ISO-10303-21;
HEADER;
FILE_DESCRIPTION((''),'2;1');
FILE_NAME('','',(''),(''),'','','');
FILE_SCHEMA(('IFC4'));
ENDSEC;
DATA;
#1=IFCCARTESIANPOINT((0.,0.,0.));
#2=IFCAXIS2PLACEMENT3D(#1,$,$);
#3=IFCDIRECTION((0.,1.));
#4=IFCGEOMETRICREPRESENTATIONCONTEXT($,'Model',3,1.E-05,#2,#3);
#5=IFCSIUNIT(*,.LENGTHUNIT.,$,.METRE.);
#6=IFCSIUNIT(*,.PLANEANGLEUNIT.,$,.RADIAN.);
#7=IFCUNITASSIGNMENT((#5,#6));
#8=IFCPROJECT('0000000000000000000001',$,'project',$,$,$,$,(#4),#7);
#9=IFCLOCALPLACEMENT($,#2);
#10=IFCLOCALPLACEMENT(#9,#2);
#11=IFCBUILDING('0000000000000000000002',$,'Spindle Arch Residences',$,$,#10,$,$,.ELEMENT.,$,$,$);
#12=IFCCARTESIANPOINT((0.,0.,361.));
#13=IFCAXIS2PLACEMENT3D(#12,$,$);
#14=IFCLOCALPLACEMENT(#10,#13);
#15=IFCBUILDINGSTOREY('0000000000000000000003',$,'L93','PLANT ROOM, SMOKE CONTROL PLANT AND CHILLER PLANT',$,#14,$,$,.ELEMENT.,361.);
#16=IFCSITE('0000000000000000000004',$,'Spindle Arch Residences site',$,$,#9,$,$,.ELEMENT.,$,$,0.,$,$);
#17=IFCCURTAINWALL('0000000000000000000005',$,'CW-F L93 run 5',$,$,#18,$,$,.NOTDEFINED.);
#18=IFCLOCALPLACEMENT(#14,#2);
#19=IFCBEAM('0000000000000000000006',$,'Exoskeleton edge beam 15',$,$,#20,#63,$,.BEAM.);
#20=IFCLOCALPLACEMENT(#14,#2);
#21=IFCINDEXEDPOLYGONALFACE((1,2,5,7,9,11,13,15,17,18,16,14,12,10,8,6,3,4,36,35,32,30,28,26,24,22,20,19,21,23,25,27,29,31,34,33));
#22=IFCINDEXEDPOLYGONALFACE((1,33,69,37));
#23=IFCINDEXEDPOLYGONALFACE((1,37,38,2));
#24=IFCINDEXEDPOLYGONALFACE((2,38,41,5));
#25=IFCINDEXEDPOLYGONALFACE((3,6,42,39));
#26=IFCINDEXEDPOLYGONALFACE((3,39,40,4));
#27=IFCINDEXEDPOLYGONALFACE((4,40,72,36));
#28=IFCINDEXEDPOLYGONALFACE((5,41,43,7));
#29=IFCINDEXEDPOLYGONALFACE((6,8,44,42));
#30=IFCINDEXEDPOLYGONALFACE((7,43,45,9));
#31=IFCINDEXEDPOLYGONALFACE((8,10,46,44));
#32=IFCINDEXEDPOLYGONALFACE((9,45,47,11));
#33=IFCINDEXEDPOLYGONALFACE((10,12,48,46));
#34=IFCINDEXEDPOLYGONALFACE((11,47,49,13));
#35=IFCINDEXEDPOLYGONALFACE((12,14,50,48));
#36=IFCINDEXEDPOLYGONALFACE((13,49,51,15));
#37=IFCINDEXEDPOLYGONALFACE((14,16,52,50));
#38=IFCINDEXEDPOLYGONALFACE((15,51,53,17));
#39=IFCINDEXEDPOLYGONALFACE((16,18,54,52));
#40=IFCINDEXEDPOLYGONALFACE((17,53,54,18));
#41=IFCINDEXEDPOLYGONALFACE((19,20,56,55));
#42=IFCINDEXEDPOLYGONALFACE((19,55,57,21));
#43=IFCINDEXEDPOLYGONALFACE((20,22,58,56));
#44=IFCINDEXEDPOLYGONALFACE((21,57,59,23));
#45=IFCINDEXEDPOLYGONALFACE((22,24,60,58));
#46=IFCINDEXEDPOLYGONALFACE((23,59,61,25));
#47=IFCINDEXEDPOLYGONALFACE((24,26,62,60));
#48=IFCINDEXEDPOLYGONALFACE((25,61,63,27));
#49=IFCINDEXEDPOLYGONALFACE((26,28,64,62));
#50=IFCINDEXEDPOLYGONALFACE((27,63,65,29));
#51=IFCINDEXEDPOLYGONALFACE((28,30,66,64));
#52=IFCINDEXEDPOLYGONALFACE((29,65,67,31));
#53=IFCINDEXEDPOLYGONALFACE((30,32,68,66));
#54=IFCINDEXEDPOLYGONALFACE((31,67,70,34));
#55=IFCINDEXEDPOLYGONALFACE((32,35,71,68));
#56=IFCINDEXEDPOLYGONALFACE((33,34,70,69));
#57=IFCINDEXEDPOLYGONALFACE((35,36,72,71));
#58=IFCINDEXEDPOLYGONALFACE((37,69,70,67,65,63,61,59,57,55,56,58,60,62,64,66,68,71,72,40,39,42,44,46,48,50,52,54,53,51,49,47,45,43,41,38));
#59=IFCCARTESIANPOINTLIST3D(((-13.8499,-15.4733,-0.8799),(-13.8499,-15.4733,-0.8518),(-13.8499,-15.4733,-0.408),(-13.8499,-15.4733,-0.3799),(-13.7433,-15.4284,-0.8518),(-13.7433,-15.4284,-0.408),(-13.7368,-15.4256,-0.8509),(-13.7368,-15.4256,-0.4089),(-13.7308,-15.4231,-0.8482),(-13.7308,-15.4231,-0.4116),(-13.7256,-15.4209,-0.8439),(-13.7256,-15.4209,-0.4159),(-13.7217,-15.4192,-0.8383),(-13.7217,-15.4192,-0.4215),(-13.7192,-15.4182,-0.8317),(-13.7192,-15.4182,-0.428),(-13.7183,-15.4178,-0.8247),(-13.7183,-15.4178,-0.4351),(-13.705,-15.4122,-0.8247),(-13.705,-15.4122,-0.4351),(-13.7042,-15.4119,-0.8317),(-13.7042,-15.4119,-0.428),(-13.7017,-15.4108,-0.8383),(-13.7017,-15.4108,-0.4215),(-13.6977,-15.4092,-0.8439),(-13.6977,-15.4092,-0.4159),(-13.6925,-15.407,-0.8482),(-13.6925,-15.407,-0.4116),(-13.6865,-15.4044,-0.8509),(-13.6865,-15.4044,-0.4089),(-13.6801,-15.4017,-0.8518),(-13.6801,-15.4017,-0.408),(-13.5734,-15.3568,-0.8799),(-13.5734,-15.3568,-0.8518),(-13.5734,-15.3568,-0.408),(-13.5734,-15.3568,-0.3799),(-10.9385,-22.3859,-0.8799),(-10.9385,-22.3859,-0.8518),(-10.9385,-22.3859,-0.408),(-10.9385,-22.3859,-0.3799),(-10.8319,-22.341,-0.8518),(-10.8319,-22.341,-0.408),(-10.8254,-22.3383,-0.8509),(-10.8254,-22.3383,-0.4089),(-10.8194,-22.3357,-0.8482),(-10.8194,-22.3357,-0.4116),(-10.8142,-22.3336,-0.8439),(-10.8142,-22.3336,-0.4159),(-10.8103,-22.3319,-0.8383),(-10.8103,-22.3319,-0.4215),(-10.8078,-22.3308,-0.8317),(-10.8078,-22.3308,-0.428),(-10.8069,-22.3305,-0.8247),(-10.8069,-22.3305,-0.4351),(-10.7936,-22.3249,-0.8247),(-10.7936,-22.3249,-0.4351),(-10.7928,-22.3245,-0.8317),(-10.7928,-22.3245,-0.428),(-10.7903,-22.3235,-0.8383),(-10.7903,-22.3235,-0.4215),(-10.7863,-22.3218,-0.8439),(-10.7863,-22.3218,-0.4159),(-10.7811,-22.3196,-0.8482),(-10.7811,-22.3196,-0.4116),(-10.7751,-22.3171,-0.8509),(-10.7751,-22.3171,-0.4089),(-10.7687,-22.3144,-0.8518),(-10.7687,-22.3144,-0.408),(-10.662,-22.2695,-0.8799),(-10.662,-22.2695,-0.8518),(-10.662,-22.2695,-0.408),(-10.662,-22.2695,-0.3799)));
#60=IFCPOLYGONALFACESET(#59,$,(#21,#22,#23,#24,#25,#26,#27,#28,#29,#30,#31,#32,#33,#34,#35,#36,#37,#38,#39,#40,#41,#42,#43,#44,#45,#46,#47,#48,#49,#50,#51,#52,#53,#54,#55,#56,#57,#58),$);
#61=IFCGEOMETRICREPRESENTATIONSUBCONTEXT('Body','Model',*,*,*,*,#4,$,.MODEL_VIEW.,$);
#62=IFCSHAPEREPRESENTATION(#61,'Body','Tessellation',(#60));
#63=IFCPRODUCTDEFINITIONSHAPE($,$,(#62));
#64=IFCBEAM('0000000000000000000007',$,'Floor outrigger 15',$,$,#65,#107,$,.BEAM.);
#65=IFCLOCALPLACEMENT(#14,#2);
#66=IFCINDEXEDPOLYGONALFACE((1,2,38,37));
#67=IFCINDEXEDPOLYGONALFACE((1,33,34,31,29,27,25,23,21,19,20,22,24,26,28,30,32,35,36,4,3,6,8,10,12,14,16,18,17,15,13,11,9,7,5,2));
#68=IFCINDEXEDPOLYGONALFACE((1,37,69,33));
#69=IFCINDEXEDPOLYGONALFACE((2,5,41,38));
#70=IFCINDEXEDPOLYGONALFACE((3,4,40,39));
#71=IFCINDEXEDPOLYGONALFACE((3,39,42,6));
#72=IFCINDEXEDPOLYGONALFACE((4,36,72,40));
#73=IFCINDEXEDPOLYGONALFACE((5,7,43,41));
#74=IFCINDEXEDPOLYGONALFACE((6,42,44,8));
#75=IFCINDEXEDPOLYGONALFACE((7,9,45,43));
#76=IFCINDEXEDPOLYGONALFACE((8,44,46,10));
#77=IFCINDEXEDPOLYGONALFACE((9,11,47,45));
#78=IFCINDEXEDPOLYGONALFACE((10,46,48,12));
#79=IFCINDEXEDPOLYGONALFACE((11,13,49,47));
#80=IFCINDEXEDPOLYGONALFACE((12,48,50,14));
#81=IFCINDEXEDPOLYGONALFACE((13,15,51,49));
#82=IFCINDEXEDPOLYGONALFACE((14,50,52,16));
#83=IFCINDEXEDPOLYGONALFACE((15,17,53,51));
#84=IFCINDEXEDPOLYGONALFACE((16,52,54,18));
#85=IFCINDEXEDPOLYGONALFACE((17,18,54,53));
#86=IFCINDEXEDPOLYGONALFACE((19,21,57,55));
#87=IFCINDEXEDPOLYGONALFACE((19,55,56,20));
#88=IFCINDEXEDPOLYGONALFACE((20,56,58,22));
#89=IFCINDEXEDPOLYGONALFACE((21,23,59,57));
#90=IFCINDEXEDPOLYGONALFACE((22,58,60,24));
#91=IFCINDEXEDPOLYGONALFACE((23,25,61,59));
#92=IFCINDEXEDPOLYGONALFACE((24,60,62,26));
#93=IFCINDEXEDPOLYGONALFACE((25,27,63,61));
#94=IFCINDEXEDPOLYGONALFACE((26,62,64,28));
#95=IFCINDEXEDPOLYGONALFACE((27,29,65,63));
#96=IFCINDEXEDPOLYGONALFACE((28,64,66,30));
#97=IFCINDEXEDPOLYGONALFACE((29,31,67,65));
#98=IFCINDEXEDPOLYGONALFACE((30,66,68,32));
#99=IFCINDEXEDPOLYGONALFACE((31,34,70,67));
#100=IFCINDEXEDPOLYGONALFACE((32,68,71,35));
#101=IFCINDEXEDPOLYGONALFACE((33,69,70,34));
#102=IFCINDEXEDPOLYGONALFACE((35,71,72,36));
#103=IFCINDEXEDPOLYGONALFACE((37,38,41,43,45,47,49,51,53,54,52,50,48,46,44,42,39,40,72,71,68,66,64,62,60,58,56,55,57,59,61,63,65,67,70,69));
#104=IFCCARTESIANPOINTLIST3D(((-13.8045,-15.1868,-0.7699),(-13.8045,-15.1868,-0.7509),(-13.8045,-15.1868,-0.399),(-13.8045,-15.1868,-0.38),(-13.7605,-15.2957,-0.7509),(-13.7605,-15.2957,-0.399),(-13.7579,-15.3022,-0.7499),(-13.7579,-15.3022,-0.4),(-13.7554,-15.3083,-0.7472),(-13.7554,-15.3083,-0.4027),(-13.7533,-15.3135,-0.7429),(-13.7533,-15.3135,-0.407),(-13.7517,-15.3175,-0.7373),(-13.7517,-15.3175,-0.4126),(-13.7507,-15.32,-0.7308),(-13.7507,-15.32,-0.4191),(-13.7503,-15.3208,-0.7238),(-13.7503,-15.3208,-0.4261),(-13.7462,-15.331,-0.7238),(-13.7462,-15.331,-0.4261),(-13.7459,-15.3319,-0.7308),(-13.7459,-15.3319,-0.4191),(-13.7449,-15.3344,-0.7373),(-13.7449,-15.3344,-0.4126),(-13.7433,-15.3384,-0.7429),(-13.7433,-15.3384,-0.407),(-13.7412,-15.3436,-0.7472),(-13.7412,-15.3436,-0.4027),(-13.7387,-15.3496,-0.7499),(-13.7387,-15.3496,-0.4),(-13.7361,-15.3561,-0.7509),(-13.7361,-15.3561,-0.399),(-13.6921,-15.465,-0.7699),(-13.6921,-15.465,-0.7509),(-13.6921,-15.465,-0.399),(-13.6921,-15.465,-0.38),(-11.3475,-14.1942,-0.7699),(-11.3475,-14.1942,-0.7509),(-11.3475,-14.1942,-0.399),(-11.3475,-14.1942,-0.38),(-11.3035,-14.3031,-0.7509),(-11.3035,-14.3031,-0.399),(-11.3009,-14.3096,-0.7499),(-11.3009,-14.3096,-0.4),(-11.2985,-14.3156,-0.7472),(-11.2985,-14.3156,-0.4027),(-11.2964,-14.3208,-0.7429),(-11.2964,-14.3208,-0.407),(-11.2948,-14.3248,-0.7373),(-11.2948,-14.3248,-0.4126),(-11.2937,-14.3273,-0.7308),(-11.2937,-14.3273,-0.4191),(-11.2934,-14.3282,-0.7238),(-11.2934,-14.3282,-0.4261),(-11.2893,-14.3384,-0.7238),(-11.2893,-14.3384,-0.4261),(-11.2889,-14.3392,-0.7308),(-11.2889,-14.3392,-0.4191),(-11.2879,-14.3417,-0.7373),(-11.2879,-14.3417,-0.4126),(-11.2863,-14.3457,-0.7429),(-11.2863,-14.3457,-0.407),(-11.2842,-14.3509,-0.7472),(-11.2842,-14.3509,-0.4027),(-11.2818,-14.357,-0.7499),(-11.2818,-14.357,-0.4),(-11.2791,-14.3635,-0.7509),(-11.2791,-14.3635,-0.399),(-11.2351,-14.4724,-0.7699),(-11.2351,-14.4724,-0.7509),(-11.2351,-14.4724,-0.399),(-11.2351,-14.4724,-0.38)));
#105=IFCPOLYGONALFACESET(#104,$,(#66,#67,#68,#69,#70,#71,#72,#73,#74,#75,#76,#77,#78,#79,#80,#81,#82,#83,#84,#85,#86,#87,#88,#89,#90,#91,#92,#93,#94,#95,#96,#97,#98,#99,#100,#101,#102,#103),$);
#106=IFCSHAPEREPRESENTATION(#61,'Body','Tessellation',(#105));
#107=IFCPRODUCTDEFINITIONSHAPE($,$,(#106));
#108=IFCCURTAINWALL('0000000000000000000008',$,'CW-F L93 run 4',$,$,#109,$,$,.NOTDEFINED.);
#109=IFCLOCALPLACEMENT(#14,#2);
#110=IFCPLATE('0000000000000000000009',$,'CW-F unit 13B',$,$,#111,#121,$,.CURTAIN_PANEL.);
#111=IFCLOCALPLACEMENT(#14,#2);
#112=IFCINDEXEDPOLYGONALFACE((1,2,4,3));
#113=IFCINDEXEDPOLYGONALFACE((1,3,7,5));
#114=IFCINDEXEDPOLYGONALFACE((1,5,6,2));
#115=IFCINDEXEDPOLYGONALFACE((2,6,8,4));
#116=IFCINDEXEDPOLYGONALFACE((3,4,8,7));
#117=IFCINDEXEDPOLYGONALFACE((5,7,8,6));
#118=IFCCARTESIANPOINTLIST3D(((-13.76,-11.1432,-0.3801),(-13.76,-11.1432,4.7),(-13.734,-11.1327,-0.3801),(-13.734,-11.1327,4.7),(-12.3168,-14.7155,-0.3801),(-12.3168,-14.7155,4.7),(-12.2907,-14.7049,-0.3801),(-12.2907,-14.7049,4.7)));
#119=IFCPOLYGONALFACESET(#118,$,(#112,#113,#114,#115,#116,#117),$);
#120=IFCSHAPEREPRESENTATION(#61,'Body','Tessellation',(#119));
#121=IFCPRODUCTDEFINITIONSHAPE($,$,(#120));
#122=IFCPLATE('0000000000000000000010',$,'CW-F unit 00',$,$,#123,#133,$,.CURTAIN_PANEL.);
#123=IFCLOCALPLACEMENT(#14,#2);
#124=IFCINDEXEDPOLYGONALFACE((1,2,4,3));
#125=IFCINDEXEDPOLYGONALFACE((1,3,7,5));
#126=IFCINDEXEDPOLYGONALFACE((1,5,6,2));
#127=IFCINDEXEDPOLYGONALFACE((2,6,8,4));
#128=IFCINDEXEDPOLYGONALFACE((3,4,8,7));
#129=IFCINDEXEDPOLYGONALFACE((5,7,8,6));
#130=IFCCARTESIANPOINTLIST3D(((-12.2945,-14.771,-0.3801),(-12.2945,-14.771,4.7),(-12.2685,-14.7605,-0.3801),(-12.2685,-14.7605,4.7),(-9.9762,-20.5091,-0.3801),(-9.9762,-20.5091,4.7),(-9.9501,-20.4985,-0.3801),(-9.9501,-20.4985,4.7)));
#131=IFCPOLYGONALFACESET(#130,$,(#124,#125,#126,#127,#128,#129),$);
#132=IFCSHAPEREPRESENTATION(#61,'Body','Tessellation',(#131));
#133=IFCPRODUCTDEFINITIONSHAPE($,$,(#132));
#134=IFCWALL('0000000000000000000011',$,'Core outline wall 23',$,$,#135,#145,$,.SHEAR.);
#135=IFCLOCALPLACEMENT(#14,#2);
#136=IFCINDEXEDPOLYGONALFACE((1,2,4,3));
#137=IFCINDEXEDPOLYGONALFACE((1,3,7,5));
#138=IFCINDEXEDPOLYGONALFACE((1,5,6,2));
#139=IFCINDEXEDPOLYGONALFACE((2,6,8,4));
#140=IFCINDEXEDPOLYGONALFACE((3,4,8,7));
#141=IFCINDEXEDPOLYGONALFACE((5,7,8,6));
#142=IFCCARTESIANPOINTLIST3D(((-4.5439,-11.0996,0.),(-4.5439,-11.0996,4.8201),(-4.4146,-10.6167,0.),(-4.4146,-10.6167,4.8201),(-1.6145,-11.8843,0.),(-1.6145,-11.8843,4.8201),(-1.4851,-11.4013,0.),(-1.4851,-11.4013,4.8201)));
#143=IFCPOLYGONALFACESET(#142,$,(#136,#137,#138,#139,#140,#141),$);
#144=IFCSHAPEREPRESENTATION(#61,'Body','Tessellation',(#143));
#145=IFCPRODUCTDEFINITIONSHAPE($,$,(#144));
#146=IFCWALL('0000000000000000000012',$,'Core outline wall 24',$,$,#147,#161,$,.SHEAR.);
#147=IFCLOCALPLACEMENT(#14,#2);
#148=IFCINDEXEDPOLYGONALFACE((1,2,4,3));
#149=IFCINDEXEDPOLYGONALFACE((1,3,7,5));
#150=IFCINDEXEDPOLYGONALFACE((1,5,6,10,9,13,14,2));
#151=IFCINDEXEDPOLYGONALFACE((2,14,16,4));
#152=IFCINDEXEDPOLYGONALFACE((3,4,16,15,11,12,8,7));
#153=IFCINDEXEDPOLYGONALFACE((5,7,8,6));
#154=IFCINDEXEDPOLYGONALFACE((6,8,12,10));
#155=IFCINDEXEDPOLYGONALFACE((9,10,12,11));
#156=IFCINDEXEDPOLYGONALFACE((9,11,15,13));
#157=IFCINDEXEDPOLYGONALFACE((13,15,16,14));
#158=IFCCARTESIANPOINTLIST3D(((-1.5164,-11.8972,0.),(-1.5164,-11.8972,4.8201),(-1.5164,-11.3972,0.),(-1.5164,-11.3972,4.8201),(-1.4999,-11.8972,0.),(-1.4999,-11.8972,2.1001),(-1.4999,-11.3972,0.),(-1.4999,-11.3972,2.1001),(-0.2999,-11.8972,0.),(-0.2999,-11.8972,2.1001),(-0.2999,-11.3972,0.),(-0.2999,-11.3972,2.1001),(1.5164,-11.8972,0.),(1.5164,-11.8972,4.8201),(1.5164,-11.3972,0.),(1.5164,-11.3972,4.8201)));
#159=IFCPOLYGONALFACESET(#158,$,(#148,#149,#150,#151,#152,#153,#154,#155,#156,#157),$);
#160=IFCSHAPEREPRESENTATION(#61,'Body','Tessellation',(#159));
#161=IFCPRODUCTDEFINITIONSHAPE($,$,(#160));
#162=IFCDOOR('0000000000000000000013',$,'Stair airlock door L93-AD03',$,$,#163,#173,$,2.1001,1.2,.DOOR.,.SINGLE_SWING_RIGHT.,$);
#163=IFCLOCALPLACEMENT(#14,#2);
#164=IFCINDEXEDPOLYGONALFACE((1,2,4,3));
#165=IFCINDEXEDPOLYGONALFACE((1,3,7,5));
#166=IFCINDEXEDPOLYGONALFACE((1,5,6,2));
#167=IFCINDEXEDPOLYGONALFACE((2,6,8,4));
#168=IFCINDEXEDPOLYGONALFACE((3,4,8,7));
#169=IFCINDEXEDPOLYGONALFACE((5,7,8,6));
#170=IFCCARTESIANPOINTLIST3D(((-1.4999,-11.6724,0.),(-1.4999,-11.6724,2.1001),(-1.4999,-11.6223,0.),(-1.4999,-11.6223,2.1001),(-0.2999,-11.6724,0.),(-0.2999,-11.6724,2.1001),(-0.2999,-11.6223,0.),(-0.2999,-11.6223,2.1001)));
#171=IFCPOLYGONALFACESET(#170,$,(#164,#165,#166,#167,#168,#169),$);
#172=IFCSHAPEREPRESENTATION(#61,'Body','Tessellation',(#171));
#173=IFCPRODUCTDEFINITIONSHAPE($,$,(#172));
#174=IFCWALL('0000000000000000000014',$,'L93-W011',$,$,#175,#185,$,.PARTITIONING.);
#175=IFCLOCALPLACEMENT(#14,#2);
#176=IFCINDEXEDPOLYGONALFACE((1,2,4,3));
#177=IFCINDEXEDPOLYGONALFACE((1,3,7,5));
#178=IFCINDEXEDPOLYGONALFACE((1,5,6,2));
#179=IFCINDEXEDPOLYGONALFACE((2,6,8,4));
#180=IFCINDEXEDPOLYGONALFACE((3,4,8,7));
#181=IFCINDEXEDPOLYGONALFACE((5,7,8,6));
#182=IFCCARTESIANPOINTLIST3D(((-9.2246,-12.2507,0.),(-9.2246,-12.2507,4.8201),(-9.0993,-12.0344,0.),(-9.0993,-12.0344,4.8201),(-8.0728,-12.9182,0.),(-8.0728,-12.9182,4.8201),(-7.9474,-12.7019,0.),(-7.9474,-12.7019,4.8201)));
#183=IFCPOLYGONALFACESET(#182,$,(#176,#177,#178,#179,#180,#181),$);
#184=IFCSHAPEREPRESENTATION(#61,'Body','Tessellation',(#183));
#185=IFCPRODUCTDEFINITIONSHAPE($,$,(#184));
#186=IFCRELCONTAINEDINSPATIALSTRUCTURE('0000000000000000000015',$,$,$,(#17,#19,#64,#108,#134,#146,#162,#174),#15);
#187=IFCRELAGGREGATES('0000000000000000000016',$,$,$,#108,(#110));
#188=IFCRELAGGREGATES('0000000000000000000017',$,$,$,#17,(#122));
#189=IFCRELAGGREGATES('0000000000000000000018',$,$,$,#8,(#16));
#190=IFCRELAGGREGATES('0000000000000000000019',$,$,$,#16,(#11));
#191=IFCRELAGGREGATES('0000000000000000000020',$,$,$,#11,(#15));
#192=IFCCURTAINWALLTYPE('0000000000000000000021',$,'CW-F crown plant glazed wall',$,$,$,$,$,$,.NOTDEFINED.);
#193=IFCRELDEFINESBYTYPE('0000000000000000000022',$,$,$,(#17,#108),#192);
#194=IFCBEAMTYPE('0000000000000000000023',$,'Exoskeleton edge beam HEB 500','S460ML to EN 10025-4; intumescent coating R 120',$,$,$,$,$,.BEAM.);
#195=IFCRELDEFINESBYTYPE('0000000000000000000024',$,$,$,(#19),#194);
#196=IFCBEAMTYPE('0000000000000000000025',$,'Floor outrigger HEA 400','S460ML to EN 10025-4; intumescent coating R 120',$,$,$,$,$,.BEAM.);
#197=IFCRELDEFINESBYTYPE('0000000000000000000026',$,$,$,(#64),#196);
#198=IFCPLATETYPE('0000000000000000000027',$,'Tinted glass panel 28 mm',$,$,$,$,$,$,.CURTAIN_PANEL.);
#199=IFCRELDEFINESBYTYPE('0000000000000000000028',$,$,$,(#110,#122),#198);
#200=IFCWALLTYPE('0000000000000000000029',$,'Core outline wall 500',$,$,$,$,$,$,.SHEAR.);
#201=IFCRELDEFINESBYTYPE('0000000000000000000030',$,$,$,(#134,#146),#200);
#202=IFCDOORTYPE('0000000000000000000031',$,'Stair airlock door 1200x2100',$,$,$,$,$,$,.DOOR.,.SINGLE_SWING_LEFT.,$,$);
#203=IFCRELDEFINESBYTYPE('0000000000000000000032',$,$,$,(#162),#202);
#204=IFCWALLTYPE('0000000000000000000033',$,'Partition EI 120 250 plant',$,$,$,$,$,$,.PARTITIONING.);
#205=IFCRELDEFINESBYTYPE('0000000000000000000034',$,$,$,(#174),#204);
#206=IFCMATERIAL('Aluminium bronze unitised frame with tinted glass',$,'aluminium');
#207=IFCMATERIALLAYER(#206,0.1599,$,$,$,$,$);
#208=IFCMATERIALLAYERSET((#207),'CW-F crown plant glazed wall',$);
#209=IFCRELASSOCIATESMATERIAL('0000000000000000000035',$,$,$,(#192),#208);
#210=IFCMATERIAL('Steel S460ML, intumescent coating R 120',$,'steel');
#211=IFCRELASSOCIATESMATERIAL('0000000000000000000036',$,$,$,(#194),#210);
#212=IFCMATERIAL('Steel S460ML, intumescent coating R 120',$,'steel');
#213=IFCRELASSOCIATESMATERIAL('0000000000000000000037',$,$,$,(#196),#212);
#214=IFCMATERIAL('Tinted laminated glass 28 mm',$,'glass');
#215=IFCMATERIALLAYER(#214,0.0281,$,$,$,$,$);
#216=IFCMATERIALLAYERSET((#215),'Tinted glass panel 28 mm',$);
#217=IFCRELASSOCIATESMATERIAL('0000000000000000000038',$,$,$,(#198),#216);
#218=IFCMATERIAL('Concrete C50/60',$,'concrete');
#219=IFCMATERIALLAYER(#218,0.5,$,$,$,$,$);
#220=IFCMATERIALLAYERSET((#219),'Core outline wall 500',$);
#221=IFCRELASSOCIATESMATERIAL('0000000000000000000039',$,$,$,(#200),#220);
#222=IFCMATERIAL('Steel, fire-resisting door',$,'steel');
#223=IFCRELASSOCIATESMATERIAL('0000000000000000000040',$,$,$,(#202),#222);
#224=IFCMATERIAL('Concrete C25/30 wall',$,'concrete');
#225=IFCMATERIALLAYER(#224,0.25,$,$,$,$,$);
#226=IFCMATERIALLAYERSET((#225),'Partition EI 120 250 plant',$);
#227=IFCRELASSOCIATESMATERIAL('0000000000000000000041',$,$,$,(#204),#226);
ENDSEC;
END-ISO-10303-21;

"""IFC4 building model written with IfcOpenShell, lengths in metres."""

from ifc_helpers import new_model, si_unit, direction, frame, frame_2d, origin, origin_2d, place, context, subcontext, project, spatial, rectangle, i_section, extrude, material, layer, layer_set, material_profile, profile_set, type_object, element, fill, aggregate, save


model = new_model("IFC4")

# Units and contexts
model_context = context("Model", 3, precision=1e-05, world=origin(), true_north=direction((0.0, 1.0)))
body_context = subcontext(model_context, "Body", "Model", "MODEL_VIEW")
ifc_project = project(units=[si_unit("LENGTHUNIT", "METRE"), si_unit("PLANEANGLEUNIT", "RADIAN")], contexts=[model_context])

# Site, building, storey
site_placement = place(None, origin())
site = spatial("IfcSite", under=ifc_project, at=site_placement, Name="Spindle Arch Residences site", CompositionType="ELEMENT", RefElevation=0.0)
building_placement = place(site_placement, origin())
building = spatial("IfcBuilding", under=site, at=building_placement, Name="Spindle Arch Residences", CompositionType="ELEMENT")
storey_placement = place(building_placement, frame((0.0, 0.0, 361.0)))
storey = spatial("IfcBuildingStorey", under=building, at=storey_placement, Name="L93", Description="PLANT ROOM, SMOKE CONTROL PLANT AND CHILLER PLANT", CompositionType="ELEMENT", Elevation=361.0)

# Curtain wall
ifc_material_1 = material(Name="Aluminium bronze unitised frame with tinted glass", Category="aluminium")
ifc_layer_1 = layer(ifc_material_1, 0.1599)
ifc_layer_set_1 = layer_set([ifc_layer_1], Name="CW-F crown plant glazed wall")
curtain_wall_type = type_object("IfcCurtainWallType", Name="CW-F crown plant glazed wall", PredefinedType="NOTDEFINED", material=ifc_layer_set_1)
curtain_wall_1_placement = place(storey_placement, origin())
curtain_wall_1 = element("IfcCurtainWall", 1, at=curtain_wall_1_placement, inside=storey, type_object=curtain_wall_type, Name="CW-F L93 run 5", PredefinedType="NOTDEFINED")

# Beams
ifc_material_2 = material(Name="Steel S460ML, intumescent coating R 120", Category="steel")
ifc_material_profile_1 = material_profile(ifc_material_2, i_section(OverallWidth=0.3, OverallDepth=0.5, WebThickness=0.0144, FlangeThickness=0.0281, FilletRadius=0.0271, at=origin_2d()), Name="HEB 500")
ifc_profile_set_1 = profile_set([ifc_material_profile_1], Name="Steel S460ML, intumescent coating R 120")
beam_type_1 = type_object("IfcBeamType", Name="Exoskeleton edge beam HEB 500", Description="S460ML to EN 10025-4; intumescent coating R 120", PredefinedType="BEAM", material=ifc_profile_set_1)
beam_1_placement = place(storey_placement, frame((-13.7117, -15.415, -0.6299), z_axis=(0.388149, -0.921597, 0.0), x_axis=(0.921597, 0.388149, 0.0)))
element("IfcBeam", 2, at=beam_1_placement, inside=storey, type_object=beam_type_1, Name="Exoskeleton edge beam 15", PredefinedType="BEAM", context=body_context, shape_type="SweptSolid", body=[
    extrude(i_section(OverallWidth=0.3, OverallDepth=0.5, WebThickness=0.0144, FlangeThickness=0.0281, FilletRadius=0.0271, at=origin_2d()), origin(), (0.0, 0.0, 1.0), 7.5007),
])
ifc_material_3 = material(Name="Steel S460ML, intumescent coating R 120", Category="steel")
ifc_material_profile_2 = material_profile(ifc_material_3, i_section(OverallWidth=0.3, OverallDepth=0.3899, WebThickness=0.011, FlangeThickness=0.019, FilletRadius=0.0271, at=origin_2d()), Name="HEA 400")
ifc_profile_set_2 = profile_set([ifc_material_profile_2], Name="Steel S460ML, intumescent coating R 120")
beam_type_2 = type_object("IfcBeamType", Name="Floor outrigger HEA 400", Description="S460ML to EN 10025-4; intumescent coating R 120", PredefinedType="BEAM", material=ifc_profile_set_2)
beam_2_placement = place(storey_placement, frame((-13.7483, -15.3259, -0.575), z_axis=(0.927188, 0.374597, 0.0), x_axis=(-0.374597, 0.927188, 0.0)))
element("IfcBeam", 3, at=beam_2_placement, inside=storey, type_object=beam_type_2, Name="Floor outrigger 15", PredefinedType="BEAM", context=body_context, shape_type="SweptSolid", body=[
    extrude(i_section(OverallWidth=0.3, OverallDepth=0.3899, WebThickness=0.011, FlangeThickness=0.019, FilletRadius=0.0271, at=origin_2d()), origin(), (0.0, 0.0, 1.0), 2.6499),
])

# Curtain wall, plate
curtain_wall_2_placement = place(storey_placement, origin())
curtain_wall_2 = element("IfcCurtainWall", 4, at=curtain_wall_2_placement, inside=storey, type_object=curtain_wall_type, Name="CW-F L93 run 4", PredefinedType="NOTDEFINED")
ifc_material_4 = material(Name="Tinted laminated glass 28 mm", Category="glass")
ifc_layer_2 = layer(ifc_material_4, 0.0281)
ifc_layer_set_2 = layer_set([ifc_layer_2], Name="Tinted glass panel 28 mm")
plate_type = type_object("IfcPlateType", Name="Tinted glass panel 28 mm", PredefinedType="CURTAIN_PANEL", material=ifc_layer_set_2)
plate_1_placement = place(storey_placement, frame((-13.0254, -12.9241, -0.3801), z_axis=(0.0, 0.0, 1.0), x_axis=(0.374607, -0.927184, 0.0)))
plate_1 = element("IfcPlate", 5, at=plate_1_placement, type_object=plate_type, Name="CW-F unit 13B", PredefinedType="CURTAIN_PANEL", context=body_context, shape_type="SweptSolid", body=[
    extrude(rectangle(XDim=3.8528, YDim=0.0281, at=origin_2d()), origin(), (0.0, 0.0, 1.0), 5.0801),
])
aggregate(curtain_wall_2, [plate_1])

# Plate
plate_2_placement = place(storey_placement, frame((-11.1223, -17.6348, -0.3801), z_axis=(0.0, 0.0, 1.0), x_axis=(0.374607, -0.927184, 0.0)))
plate_2 = element("IfcPlate", 6, at=plate_2_placement, type_object=plate_type, Name="CW-F unit 00", PredefinedType="CURTAIN_PANEL", context=body_context, shape_type="SweptSolid", body=[
    extrude(rectangle(XDim=6.1887, YDim=0.0281, at=origin_2d()), origin(), (0.0, 0.0, 1.0), 5.0801),
])
aggregate(curtain_wall_1, [plate_2])

# Wall
ifc_material_5 = material(Name="Concrete C50/60", Category="concrete")
ifc_layer_3 = layer(ifc_material_5, 0.5)
ifc_layer_set_3 = layer_set([ifc_layer_3], Name="Core outline wall 500")
wall_type_1 = type_object("IfcWallType", Name="Core outline wall 500", PredefinedType="SHEAR", material=ifc_layer_set_3)
wall_1_placement = place(storey_placement, frame((-4.4792, -10.8582, 0.0), z_axis=(0.0, 0.0, 1.0), x_axis=(0.965948, -0.258735, 0.0)))
element("IfcWall", 7, at=wall_1_placement, inside=storey, type_object=wall_type_1, Name="Core outline wall 23", PredefinedType="SHEAR", context=body_context, shape_type="SweptSolid", body=[
    extrude(rectangle(XDim=3.0327, YDim=0.5, at=frame_2d((1.5164, 0.0))), origin(), (0.0, 0.0, 1.0), 4.8201),
])

# Wall, opening, door
wall_2_placement = place(storey_placement, frame((-1.5164, -11.6472, 0.0), z_axis=(0.0, 0.0, 1.0), x_axis=(1.0, 0.0, 0.0)))
wall_2 = element("IfcWall", 8, at=wall_2_placement, inside=storey, type_object=wall_type_1, Name="Core outline wall 24", PredefinedType="SHEAR", context=body_context, shape_type="SweptSolid", body=[
    extrude(rectangle(XDim=3.0327, YDim=0.5, at=frame_2d((1.5164, 0.0))), origin(), (0.0, 0.0, 1.0), 4.8201),
])
opening_1_placement = place(wall_2_placement, frame((0.0164, 0.0, 0.0)))
opening_1 = element("IfcOpeningElement", 9, at=opening_1_placement, cuts=wall_2, PredefinedType="OPENING", context=body_context, shape_type="SweptSolid", body=[
    extrude(rectangle(XDim=1.2, YDim=2.1001, at=frame_2d((0.6001, 1.05))), frame((0.0, 0.26, 0.0), z_axis=(0.0, -1.0, 0.0), x_axis=(1.0, 0.0, 0.0)), (0.0, 0.0, 1.0), 0.52),
])
ifc_material_6 = material(Name="Steel, fire-resisting door", Category="steel")
door_type_1 = type_object("IfcDoorType", Name="Stair airlock door 1200x2100", OperationType="SINGLE_SWING_LEFT", PredefinedType="DOOR", material=ifc_material_6)
door_1_placement = place(opening_1_placement, origin())
door_1 = element("IfcDoor", 10, at=door_1_placement, inside=storey, type_object=door_type_1, Name="Stair airlock door L93-AD03", OperationType="SINGLE_SWING_RIGHT", OverallHeight=2.1001, OverallWidth=1.2, PredefinedType="DOOR", context=body_context, shape_type="SweptSolid", body=[
    extrude(rectangle(XDim=1.2, YDim=2.1001, at=frame_2d((0.6001, 1.05))), frame((0.0, 0.0249, 0.0), z_axis=(0.0, -1.0, 0.0), x_axis=(1.0, 0.0, 0.0)), (0.0, 0.0, 1.0), 0.05),
])
fill(opening_1, door_1)

# Wall
ifc_material_7 = material(Name="Concrete C25/30 wall", Category="concrete")
ifc_layer_4 = layer(ifc_material_7, 0.25)
ifc_layer_set_4 = layer_set([ifc_layer_4], Name="Partition EI 120 250 plant")
wall_type_2 = type_object("IfcWallType", Name="Partition EI 120 250 plant", PredefinedType="PARTITIONING", material=ifc_layer_set_4)
wall_3_placement = place(storey_placement, frame((-9.1619, -12.1426, 0.0), z_axis=(0.0, 0.0, 1.0), x_axis=(0.865225, -0.501383, 0.0)))
element("IfcWall", 11, at=wall_3_placement, inside=storey, type_object=wall_type_2, Name="L93-W011", PredefinedType="PARTITIONING", context=body_context, shape_type="SweptSolid", body=[
    extrude(rectangle(XDim=1.3313, YDim=0.25, at=frame_2d((0.6655, 0.0))), origin(), (0.0, 0.0, 1.0), 4.8201),
])

save(model, "model.ifc")
